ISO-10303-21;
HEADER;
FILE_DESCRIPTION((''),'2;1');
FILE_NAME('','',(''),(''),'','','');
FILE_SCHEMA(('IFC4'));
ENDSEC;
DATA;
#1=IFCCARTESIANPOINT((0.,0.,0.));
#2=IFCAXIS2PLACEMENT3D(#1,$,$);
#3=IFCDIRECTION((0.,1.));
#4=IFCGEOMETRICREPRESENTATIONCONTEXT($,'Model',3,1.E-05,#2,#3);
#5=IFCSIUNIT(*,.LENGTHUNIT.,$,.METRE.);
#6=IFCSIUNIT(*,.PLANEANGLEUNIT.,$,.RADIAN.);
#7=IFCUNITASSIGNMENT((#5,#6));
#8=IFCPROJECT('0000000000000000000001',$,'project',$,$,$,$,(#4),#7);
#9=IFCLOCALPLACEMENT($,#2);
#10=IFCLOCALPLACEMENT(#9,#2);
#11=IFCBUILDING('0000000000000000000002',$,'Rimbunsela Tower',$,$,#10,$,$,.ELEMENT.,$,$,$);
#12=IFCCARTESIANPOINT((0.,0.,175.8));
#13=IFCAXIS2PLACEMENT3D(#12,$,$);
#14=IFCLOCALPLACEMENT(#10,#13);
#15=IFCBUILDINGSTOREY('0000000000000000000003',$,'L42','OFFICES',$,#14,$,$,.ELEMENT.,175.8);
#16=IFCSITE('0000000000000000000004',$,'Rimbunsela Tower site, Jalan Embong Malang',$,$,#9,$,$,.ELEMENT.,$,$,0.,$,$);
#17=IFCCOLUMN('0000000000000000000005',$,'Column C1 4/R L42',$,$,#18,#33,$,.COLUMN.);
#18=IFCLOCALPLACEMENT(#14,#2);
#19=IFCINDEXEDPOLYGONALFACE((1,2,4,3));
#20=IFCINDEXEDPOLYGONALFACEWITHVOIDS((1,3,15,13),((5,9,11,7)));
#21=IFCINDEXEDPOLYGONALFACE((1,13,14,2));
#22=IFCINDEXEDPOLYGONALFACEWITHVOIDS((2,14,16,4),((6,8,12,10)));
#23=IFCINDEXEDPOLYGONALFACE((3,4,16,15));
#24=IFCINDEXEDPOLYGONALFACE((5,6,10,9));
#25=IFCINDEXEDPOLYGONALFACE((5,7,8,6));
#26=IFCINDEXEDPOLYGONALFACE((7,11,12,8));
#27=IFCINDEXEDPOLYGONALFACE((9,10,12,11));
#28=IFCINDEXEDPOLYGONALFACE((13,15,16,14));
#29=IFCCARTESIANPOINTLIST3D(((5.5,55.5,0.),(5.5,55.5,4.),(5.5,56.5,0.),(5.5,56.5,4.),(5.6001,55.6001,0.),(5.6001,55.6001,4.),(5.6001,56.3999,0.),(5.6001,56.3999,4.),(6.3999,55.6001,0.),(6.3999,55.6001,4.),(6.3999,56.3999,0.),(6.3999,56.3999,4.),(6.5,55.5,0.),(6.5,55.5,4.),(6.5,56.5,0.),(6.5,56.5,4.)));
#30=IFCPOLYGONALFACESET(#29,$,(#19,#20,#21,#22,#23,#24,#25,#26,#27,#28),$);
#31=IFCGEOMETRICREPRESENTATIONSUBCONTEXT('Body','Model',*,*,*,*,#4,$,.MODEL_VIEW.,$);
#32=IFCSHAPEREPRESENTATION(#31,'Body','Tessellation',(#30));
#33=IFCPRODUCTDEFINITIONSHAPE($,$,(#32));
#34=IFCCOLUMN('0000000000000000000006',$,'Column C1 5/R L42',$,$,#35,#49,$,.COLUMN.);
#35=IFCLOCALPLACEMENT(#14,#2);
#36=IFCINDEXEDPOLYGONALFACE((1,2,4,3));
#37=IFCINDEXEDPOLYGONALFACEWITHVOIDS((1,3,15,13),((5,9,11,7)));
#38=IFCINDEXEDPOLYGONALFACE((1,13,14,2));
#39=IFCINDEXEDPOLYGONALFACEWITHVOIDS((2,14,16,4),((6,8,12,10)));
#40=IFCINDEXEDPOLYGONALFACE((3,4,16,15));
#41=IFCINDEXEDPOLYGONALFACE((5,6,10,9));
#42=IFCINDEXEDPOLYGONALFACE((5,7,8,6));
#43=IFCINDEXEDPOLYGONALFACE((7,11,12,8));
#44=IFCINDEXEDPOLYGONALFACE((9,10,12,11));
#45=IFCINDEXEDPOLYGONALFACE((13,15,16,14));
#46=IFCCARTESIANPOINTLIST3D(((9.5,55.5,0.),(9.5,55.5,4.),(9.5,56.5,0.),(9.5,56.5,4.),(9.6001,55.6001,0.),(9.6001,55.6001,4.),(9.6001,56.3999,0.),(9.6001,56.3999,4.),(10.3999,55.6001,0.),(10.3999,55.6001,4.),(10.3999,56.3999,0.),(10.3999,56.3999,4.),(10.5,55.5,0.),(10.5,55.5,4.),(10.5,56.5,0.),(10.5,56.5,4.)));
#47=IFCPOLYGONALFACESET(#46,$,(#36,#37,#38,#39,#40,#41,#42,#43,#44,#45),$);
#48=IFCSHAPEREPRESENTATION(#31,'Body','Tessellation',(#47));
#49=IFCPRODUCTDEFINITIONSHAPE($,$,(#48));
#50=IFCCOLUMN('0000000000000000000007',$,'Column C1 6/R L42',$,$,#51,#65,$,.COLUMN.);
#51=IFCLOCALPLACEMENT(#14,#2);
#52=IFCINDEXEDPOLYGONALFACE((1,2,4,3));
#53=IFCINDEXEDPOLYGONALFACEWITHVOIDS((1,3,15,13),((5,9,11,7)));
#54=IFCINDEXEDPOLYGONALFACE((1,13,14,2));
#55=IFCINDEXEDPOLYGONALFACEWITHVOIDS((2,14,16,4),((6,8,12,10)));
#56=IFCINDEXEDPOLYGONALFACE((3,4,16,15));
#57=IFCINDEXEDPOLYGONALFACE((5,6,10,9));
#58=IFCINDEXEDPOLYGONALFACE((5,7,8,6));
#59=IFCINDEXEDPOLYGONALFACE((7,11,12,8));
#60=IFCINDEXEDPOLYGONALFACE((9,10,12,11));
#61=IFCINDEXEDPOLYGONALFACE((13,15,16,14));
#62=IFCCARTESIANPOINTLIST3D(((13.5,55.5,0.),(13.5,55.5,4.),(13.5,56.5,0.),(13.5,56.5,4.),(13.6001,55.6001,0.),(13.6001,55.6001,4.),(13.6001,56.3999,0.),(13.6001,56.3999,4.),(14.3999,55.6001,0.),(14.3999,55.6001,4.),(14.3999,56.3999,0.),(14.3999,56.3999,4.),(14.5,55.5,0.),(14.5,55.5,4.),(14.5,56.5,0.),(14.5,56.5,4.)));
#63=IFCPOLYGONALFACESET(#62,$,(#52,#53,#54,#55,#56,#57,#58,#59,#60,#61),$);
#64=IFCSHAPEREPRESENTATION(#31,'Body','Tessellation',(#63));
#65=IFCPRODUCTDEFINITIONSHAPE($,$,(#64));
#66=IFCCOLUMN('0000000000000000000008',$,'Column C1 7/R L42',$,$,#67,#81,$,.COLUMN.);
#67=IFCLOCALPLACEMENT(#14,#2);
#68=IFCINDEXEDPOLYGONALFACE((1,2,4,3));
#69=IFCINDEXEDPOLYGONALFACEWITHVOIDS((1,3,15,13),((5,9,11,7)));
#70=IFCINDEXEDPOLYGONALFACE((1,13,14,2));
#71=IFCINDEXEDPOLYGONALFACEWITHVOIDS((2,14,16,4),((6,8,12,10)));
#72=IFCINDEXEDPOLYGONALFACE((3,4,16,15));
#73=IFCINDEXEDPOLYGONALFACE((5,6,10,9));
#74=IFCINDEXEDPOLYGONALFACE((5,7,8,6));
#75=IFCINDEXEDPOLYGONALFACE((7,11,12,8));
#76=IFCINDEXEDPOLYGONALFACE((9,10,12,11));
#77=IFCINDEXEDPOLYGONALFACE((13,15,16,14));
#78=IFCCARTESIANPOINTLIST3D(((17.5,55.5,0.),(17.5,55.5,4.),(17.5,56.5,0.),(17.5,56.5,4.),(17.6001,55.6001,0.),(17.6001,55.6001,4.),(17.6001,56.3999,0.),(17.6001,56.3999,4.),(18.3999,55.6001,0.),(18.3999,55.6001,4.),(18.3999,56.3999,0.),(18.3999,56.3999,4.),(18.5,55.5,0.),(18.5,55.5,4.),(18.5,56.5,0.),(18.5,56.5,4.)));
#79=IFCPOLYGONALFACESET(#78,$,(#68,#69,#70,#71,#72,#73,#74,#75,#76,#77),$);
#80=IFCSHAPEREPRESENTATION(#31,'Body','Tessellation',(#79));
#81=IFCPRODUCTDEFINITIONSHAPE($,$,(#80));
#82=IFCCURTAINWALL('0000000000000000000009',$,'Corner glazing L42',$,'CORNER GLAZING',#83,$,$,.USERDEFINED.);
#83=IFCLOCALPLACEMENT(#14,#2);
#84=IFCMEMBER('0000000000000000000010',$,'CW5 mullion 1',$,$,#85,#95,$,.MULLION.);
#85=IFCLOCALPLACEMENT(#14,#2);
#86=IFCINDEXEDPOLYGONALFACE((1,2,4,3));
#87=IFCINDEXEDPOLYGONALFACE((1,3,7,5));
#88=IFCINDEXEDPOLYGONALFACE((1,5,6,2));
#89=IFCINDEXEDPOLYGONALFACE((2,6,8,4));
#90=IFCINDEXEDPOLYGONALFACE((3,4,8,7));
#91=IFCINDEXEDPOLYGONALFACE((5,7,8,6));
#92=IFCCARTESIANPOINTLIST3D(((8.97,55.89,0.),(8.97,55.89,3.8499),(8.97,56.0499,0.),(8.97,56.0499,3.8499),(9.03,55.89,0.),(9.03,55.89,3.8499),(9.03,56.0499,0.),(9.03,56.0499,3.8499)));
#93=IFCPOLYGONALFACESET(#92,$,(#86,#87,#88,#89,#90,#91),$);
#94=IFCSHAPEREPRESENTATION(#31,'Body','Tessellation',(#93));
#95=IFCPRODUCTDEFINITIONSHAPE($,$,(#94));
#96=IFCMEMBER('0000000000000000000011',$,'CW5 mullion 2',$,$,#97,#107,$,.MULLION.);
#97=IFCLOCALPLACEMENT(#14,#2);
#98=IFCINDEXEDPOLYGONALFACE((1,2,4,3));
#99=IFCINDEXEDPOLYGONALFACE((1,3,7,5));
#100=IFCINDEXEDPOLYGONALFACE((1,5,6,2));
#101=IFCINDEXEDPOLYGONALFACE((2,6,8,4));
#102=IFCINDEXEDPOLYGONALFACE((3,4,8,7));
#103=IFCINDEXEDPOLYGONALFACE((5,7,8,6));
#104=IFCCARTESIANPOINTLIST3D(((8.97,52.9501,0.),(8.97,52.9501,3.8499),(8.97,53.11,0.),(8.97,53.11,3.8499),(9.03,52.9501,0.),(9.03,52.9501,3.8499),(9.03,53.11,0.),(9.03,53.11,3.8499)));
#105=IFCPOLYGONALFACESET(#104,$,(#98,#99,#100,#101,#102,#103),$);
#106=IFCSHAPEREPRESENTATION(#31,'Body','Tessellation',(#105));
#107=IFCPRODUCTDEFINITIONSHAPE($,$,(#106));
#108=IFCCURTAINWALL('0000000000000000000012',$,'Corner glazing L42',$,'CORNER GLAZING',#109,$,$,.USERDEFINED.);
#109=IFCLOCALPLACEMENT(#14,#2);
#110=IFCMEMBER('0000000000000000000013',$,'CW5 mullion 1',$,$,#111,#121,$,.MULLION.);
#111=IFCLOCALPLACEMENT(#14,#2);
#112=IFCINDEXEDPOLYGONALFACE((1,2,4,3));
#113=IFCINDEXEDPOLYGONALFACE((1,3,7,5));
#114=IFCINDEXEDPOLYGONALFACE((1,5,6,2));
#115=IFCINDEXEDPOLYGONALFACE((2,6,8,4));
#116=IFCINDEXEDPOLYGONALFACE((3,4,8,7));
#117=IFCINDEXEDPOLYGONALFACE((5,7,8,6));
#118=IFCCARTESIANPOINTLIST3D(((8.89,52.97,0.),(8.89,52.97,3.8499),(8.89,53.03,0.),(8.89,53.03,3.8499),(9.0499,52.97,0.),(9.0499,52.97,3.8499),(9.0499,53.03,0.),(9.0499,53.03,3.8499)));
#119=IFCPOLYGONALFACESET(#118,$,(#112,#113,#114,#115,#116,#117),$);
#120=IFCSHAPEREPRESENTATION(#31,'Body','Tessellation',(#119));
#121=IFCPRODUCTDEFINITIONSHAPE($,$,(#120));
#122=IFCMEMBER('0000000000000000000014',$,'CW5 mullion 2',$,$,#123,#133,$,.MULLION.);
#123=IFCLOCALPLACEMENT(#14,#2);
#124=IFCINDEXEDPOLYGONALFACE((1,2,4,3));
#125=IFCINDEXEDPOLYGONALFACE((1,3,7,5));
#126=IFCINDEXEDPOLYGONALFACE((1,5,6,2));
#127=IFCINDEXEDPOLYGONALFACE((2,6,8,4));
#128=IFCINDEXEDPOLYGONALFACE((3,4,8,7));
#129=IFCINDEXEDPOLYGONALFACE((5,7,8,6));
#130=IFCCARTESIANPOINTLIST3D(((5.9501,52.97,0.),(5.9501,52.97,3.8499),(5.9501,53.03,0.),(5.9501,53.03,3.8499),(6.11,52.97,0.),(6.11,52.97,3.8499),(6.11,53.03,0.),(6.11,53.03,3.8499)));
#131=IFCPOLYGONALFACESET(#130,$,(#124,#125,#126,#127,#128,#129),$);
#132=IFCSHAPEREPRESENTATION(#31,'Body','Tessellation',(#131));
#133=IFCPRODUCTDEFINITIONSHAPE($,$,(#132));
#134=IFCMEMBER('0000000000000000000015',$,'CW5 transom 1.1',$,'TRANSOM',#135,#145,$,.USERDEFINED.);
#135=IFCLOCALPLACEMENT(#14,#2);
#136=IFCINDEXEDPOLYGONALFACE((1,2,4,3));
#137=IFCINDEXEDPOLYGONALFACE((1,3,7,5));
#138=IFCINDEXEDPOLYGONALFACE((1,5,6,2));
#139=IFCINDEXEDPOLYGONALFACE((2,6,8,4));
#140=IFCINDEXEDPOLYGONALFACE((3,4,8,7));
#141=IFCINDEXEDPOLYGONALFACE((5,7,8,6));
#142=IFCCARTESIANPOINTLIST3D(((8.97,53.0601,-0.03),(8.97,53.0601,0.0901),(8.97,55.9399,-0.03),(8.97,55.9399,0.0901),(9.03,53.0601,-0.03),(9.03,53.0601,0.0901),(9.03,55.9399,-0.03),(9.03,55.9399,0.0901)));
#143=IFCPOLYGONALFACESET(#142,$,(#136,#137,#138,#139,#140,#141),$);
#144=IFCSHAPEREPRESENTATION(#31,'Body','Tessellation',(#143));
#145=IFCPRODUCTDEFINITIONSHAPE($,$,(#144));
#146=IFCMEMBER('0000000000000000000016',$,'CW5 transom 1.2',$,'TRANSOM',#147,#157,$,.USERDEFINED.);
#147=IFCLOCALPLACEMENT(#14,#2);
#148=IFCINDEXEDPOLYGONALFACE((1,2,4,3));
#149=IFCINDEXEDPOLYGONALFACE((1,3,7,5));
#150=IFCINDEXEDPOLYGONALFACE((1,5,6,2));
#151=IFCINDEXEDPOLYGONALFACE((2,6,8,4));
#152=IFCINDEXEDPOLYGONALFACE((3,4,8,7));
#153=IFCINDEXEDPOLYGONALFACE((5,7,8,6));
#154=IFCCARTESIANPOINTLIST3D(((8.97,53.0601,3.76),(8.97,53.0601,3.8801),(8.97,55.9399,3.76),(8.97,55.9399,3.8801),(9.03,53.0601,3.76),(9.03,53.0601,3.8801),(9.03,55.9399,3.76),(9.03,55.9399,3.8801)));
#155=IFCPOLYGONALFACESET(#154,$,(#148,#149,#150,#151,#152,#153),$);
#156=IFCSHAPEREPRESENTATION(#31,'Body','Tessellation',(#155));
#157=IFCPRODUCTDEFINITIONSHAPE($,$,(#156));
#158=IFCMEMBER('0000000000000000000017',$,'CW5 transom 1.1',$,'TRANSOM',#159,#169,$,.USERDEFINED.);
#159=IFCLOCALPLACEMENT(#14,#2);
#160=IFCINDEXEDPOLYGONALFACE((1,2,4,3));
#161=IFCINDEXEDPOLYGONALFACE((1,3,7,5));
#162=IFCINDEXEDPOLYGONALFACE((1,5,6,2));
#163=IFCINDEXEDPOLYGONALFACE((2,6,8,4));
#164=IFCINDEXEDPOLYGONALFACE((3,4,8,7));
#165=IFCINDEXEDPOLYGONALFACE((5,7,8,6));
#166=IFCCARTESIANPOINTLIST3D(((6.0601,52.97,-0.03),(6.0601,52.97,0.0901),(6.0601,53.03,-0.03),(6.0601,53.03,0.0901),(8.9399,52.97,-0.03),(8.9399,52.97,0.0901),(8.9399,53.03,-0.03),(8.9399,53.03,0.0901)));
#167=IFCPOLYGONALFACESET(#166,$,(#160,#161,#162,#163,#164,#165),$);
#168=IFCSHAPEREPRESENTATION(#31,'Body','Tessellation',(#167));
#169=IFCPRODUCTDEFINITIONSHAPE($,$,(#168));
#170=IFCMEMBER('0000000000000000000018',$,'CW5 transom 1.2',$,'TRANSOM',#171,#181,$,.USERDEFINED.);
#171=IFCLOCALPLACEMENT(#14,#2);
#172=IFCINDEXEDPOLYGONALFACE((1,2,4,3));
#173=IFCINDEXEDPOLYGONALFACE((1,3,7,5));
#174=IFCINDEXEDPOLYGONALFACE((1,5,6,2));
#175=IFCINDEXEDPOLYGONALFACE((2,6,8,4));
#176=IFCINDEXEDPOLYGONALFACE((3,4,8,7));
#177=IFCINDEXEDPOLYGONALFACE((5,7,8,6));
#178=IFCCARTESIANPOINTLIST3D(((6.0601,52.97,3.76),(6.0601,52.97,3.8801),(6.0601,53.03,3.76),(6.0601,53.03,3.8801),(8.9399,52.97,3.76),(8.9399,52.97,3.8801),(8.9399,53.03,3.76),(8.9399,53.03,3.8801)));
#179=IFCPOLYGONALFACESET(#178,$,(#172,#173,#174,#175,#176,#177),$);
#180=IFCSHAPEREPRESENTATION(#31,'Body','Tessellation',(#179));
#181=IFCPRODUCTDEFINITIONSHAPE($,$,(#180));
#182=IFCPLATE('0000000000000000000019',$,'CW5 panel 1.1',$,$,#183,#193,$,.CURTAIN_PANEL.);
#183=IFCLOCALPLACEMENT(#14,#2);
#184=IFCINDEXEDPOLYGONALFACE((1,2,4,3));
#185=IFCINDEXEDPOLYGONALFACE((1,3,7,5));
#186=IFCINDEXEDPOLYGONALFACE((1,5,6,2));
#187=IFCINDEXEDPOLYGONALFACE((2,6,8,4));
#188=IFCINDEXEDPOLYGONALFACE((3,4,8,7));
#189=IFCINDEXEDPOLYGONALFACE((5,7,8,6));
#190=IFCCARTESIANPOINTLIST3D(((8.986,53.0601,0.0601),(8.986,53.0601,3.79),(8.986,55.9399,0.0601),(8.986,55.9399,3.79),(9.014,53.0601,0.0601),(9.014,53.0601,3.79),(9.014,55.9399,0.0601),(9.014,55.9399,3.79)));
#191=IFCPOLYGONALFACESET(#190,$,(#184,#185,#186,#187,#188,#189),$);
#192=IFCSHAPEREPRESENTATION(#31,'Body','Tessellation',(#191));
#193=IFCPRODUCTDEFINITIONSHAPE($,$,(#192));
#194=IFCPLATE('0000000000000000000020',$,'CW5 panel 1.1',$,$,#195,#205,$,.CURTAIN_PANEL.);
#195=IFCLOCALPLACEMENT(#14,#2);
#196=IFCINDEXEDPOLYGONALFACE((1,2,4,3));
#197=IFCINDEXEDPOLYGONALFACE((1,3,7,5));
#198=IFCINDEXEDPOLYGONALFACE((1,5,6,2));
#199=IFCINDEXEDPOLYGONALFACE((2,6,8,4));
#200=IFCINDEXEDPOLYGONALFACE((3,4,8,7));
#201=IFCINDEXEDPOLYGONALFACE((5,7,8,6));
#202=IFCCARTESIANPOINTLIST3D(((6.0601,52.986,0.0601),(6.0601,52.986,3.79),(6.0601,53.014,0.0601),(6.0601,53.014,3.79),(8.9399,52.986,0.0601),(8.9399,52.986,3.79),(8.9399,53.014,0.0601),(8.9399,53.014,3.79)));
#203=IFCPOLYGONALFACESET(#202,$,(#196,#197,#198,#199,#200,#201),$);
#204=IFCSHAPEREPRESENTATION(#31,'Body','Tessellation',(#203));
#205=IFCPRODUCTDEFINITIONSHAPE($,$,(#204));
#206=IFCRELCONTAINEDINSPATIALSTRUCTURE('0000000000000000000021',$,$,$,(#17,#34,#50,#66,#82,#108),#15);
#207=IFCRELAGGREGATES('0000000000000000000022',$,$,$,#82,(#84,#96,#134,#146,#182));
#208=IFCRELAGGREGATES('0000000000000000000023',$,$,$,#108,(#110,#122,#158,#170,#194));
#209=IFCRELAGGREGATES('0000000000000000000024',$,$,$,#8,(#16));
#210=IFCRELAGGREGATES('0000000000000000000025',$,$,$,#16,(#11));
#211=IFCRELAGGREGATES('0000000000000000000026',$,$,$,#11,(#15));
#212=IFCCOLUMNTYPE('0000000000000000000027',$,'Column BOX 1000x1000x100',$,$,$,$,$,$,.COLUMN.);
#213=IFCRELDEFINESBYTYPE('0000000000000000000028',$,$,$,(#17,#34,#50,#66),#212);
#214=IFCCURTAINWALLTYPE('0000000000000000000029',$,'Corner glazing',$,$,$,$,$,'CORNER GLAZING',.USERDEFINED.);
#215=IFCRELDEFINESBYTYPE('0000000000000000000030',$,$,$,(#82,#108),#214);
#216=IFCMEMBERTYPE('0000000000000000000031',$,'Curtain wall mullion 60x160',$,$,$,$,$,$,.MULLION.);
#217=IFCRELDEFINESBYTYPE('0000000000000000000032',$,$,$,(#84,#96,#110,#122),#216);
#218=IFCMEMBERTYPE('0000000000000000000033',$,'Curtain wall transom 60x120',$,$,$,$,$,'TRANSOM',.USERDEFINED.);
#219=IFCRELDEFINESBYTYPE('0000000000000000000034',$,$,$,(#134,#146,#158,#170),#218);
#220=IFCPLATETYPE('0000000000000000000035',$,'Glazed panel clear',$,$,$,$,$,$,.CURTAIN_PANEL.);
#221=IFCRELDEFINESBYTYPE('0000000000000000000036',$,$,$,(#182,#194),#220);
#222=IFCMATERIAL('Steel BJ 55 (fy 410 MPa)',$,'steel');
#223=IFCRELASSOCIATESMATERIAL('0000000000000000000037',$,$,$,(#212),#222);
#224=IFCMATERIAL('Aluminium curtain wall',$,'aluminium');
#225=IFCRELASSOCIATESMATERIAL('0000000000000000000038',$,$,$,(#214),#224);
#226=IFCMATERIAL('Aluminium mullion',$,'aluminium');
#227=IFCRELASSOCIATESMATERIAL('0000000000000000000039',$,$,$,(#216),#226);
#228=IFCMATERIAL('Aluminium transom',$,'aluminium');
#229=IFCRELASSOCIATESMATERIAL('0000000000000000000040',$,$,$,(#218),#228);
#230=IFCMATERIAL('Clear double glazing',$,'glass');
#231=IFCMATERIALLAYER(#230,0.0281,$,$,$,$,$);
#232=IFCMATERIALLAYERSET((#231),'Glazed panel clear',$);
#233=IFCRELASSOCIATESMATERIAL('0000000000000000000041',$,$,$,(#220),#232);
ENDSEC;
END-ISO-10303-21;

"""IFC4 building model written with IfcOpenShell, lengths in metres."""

from ifc_helpers import new_model, si_unit, direction, frame, origin, origin_2d, place, context, subcontext, project, spatial, rectangle, hollow_rectangle, extrude, material, layer, layer_set, material_profile, profile_set, type_object, element, aggregate, save


model = new_model("IFC4")

# Units and contexts
model_context = context("Model", 3, precision=1e-05, world=origin(), true_north=direction((0.0, 1.0)))
body_context = subcontext(model_context, "Body", "Model", "MODEL_VIEW")
ifc_project = project(units=[si_unit("LENGTHUNIT", "METRE"), si_unit("PLANEANGLEUNIT", "RADIAN")], contexts=[model_context])

# Site, building, storey
site_placement = place(None, origin())
site = spatial("IfcSite", under=ifc_project, at=site_placement, Name="Rimbunsela Tower site, Jalan Embong Malang", CompositionType="ELEMENT", RefElevation=0.0)
building_placement = place(site_placement, origin())
building = spatial("IfcBuilding", under=site, at=building_placement, Name="Rimbunsela Tower", CompositionType="ELEMENT")
storey_placement = place(building_placement, frame((0.0, 0.0, 175.8)))
storey = spatial("IfcBuildingStorey", under=building, at=storey_placement, Name="L42", Description="OFFICES", CompositionType="ELEMENT", Elevation=175.8)

# Columns
ifc_material_1 = material(Name="Steel BJ 55 (fy 410 MPa)", Category="steel")
ifc_material_profile_1 = material_profile(ifc_material_1, hollow_rectangle(XDim=1.0, YDim=1.0, WallThickness=0.1001, at=origin_2d()), Name="BOX 1000x1000x100")
ifc_profile_set_1 = profile_set([ifc_material_profile_1], Name="Steel BJ 55 (fy 410 MPa)")
column_type = type_object("IfcColumnType", Name="Column BOX 1000x1000x100", PredefinedType="COLUMN", material=ifc_profile_set_1)
for number, where, z_axis, x_axis, name in (
    (1, (6.0, 56.0, 0.0), (0.0, 0.0, 1.0), (1.0, 0.0, 0.0), "Column C1 4/R L42"),
    (2, (10.0, 56.0, 0.0), (0.0, 0.0, 1.0), (1.0, 0.0, 0.0), "Column C1 5/R L42"),
    (3, (14.0, 56.0, 0.0), (0.0, 0.0, 1.0), (1.0, 0.0, 0.0), "Column C1 6/R L42"),
    (4, (18.0, 56.0, 0.0), (0.0, 0.0, 1.0), (1.0, 0.0, 0.0), "Column C1 7/R L42"),
):
    element("IfcColumn", number, at=place(storey_placement, frame(where, z_axis=z_axis, x_axis=x_axis)), inside=storey, type_object=column_type, Name=name, PredefinedType="COLUMN", context=body_context, shape_type="SweptSolid", body=[
        extrude(hollow_rectangle(XDim=1.0, YDim=1.0, WallThickness=0.1001, at=origin_2d()), origin(), (0.0, 0.0, 1.0), 4.0),
    ])

# Curtain walls, members
ifc_material_2 = material(Name="Aluminium curtain wall", Category="aluminium")
curtain_wall_type = type_object("IfcCurtainWallType", Name="Corner glazing", ElementType="CORNER GLAZING", PredefinedType="USERDEFINED", material=ifc_material_2)
curtain_wall_1_placement = place(storey_placement, origin())
curtain_wall_1 = element("IfcCurtainWall", 5, at=curtain_wall_1_placement, inside=storey, type_object=curtain_wall_type, Name="Corner glazing L42", ObjectType="CORNER GLAZING", PredefinedType="USERDEFINED")
ifc_material_3 = material(Name="Aluminium mullion", Category="aluminium")
ifc_material_profile_2 = material_profile(ifc_material_3, rectangle(XDim=0.0601, YDim=0.1599, at=origin_2d()), Name="Mullion 60x160")
ifc_profile_set_2 = profile_set([ifc_material_profile_2], Name="Aluminium mullion")
member_type_1 = type_object("IfcMemberType", Name="Curtain wall mullion 60x160", PredefinedType="MULLION", material=ifc_profile_set_2)
member_1_placement = place(storey_placement, frame((9.0, 55.97, 0.0), z_axis=(0.0, 0.0, 1.0), x_axis=(1.0, 0.0, 0.0)))
member_1 = element("IfcMember", 6, at=member_1_placement, type_object=member_type_1, Name="CW5 mullion 1", PredefinedType="MULLION", context=body_context, shape_type="SweptSolid", body=[
    extrude(rectangle(XDim=0.0601, YDim=0.1599, at=origin_2d()), origin(), (0.0, 0.0, 1.0), 3.8499),
])
member_2_placement = place(storey_placement, frame((9.0, 53.03, 0.0), z_axis=(0.0, 0.0, 1.0), x_axis=(1.0, 0.0, 0.0)))
member_2 = element("IfcMember", 7, at=member_2_placement, type_object=member_type_1, Name="CW5 mullion 2", PredefinedType="MULLION", context=body_context, shape_type="SweptSolid", body=[
    extrude(rectangle(XDim=0.0601, YDim=0.1599, at=origin_2d()), origin(), (0.0, 0.0, 1.0), 3.8499),
])
curtain_wall_2_placement = place(storey_placement, origin())
curtain_wall_2 = element("IfcCurtainWall", 8, at=curtain_wall_2_placement, inside=storey, type_object=curtain_wall_type, Name="Corner glazing L42", ObjectType="CORNER GLAZING", PredefinedType="USERDEFINED")
member_3_placement = place(storey_placement, frame((8.97, 53.0, 0.0), z_axis=(0.0, 0.0, 1.0), x_axis=(0.0, -1.0, 0.0)))
member_3 = element("IfcMember", 9, at=member_3_placement, type_object=member_type_1, Name="CW5 mullion 1", PredefinedType="MULLION", context=body_context, shape_type="SweptSolid", body=[
    extrude(rectangle(XDim=0.0601, YDim=0.1599, at=origin_2d()), origin(), (0.0, 0.0, 1.0), 3.8499),
])
member_4_placement = place(storey_placement, frame((6.03, 53.0, 0.0), z_axis=(0.0, 0.0, 1.0), x_axis=(0.0, -1.0, 0.0)))
member_4 = element("IfcMember", 10, at=member_4_placement, type_object=member_type_1, Name="CW5 mullion 2", PredefinedType="MULLION", context=body_context, shape_type="SweptSolid", body=[
    extrude(rectangle(XDim=0.0601, YDim=0.1599, at=origin_2d()), origin(), (0.0, 0.0, 1.0), 3.8499),
])

# Members
ifc_material_4 = material(Name="Aluminium transom", Category="aluminium")
ifc_material_profile_3 = material_profile(ifc_material_4, rectangle(XDim=0.0601, YDim=0.1201, at=origin_2d()), Name="Transom 60x120")
ifc_profile_set_3 = profile_set([ifc_material_profile_3], Name="Aluminium transom")
member_type_2 = type_object("IfcMemberType", Name="Curtain wall transom 60x120", ElementType="TRANSOM", PredefinedType="USERDEFINED", material=ifc_profile_set_3)
member_5_placement = place(storey_placement, frame((9.0, 55.9399, 0.03), z_axis=(0.0, -1.0, 0.0), x_axis=(1.0, 0.0, 0.0)))
member_5 = element("IfcMember", 11, at=member_5_placement, type_object=member_type_2, Name="CW5 transom 1.1", ObjectType="TRANSOM", PredefinedType="USERDEFINED", context=body_context, shape_type="SweptSolid", body=[
    extrude(rectangle(XDim=0.0601, YDim=0.1201, at=origin_2d()), origin(), (0.0, 0.0, 1.0), 2.8799),
])
member_6_placement = place(storey_placement, frame((9.0, 55.9399, 3.8201), z_axis=(0.0, -1.0, 0.0), x_axis=(1.0, 0.0, 0.0)))
member_6 = element("IfcMember", 12, at=member_6_placement, type_object=member_type_2, Name="CW5 transom 1.2", ObjectType="TRANSOM", PredefinedType="USERDEFINED", context=body_context, shape_type="SweptSolid", body=[
    extrude(rectangle(XDim=0.0601, YDim=0.1201, at=origin_2d()), origin(), (0.0, 0.0, 1.0), 2.8799),
])
member_7_placement = place(storey_placement, frame((8.9399, 53.0, 0.03), z_axis=(-1.0, 0.0, 0.0), x_axis=(0.0, -1.0, 0.0)))
member_7 = element("IfcMember", 13, at=member_7_placement, type_object=member_type_2, Name="CW5 transom 1.1", ObjectType="TRANSOM", PredefinedType="USERDEFINED", context=body_context, shape_type="SweptSolid", body=[
    extrude(rectangle(XDim=0.0601, YDim=0.1201, at=origin_2d()), origin(), (0.0, 0.0, 1.0), 2.8799),
])
member_8_placement = place(storey_placement, frame((8.9399, 53.0, 3.8201), z_axis=(-1.0, 0.0, 0.0), x_axis=(0.0, -1.0, 0.0)))
member_8 = element("IfcMember", 14, at=member_8_placement, type_object=member_type_2, Name="CW5 transom 1.2", ObjectType="TRANSOM", PredefinedType="USERDEFINED", context=body_context, shape_type="SweptSolid", body=[
    extrude(rectangle(XDim=0.0601, YDim=0.1201, at=origin_2d()), origin(), (0.0, 0.0, 1.0), 2.8799),
])

# Plates
ifc_material_5 = material(Name="Clear double glazing", Category="glass")
ifc_layer_1 = layer(ifc_material_5, 0.0281)
ifc_layer_set_1 = layer_set([ifc_layer_1], Name="Glazed panel clear")
plate_type = type_object("IfcPlateType", Name="Glazed panel clear", PredefinedType="CURTAIN_PANEL", material=ifc_layer_set_1)
plate_1_placement = place(storey_placement, frame((9.0, 54.5, 0.0601), z_axis=(0.0, 0.0, 1.0), x_axis=(0.0, -1.0, 0.0)))
plate_1 = element("IfcPlate", 15, at=plate_1_placement, type_object=plate_type, Name="CW5 panel 1.1", PredefinedType="CURTAIN_PANEL", context=body_context, shape_type="SweptSolid", body=[
    extrude(rectangle(XDim=2.8799, YDim=0.0281, at=origin_2d()), origin(), (0.0, 0.0, 1.0), 3.73),
])
aggregate(curtain_wall_1, [member_1, member_2, member_5, member_6, plate_1])
plate_2_placement = place(storey_placement, frame((7.5, 53.0, 0.0601), z_axis=(0.0, 0.0, 1.0), x_axis=(-1.0, 0.0, 0.0)))
plate_2 = element("IfcPlate", 16, at=plate_2_placement, type_object=plate_type, Name="CW5 panel 1.1", PredefinedType="CURTAIN_PANEL", context=body_context, shape_type="SweptSolid", body=[
    extrude(rectangle(XDim=2.8799, YDim=0.0281, at=origin_2d()), origin(), (0.0, 0.0, 1.0), 3.73),
])
aggregate(curtain_wall_2, [member_3, member_4, member_7, member_8, plate_2])

save(model, "model.ifc")
